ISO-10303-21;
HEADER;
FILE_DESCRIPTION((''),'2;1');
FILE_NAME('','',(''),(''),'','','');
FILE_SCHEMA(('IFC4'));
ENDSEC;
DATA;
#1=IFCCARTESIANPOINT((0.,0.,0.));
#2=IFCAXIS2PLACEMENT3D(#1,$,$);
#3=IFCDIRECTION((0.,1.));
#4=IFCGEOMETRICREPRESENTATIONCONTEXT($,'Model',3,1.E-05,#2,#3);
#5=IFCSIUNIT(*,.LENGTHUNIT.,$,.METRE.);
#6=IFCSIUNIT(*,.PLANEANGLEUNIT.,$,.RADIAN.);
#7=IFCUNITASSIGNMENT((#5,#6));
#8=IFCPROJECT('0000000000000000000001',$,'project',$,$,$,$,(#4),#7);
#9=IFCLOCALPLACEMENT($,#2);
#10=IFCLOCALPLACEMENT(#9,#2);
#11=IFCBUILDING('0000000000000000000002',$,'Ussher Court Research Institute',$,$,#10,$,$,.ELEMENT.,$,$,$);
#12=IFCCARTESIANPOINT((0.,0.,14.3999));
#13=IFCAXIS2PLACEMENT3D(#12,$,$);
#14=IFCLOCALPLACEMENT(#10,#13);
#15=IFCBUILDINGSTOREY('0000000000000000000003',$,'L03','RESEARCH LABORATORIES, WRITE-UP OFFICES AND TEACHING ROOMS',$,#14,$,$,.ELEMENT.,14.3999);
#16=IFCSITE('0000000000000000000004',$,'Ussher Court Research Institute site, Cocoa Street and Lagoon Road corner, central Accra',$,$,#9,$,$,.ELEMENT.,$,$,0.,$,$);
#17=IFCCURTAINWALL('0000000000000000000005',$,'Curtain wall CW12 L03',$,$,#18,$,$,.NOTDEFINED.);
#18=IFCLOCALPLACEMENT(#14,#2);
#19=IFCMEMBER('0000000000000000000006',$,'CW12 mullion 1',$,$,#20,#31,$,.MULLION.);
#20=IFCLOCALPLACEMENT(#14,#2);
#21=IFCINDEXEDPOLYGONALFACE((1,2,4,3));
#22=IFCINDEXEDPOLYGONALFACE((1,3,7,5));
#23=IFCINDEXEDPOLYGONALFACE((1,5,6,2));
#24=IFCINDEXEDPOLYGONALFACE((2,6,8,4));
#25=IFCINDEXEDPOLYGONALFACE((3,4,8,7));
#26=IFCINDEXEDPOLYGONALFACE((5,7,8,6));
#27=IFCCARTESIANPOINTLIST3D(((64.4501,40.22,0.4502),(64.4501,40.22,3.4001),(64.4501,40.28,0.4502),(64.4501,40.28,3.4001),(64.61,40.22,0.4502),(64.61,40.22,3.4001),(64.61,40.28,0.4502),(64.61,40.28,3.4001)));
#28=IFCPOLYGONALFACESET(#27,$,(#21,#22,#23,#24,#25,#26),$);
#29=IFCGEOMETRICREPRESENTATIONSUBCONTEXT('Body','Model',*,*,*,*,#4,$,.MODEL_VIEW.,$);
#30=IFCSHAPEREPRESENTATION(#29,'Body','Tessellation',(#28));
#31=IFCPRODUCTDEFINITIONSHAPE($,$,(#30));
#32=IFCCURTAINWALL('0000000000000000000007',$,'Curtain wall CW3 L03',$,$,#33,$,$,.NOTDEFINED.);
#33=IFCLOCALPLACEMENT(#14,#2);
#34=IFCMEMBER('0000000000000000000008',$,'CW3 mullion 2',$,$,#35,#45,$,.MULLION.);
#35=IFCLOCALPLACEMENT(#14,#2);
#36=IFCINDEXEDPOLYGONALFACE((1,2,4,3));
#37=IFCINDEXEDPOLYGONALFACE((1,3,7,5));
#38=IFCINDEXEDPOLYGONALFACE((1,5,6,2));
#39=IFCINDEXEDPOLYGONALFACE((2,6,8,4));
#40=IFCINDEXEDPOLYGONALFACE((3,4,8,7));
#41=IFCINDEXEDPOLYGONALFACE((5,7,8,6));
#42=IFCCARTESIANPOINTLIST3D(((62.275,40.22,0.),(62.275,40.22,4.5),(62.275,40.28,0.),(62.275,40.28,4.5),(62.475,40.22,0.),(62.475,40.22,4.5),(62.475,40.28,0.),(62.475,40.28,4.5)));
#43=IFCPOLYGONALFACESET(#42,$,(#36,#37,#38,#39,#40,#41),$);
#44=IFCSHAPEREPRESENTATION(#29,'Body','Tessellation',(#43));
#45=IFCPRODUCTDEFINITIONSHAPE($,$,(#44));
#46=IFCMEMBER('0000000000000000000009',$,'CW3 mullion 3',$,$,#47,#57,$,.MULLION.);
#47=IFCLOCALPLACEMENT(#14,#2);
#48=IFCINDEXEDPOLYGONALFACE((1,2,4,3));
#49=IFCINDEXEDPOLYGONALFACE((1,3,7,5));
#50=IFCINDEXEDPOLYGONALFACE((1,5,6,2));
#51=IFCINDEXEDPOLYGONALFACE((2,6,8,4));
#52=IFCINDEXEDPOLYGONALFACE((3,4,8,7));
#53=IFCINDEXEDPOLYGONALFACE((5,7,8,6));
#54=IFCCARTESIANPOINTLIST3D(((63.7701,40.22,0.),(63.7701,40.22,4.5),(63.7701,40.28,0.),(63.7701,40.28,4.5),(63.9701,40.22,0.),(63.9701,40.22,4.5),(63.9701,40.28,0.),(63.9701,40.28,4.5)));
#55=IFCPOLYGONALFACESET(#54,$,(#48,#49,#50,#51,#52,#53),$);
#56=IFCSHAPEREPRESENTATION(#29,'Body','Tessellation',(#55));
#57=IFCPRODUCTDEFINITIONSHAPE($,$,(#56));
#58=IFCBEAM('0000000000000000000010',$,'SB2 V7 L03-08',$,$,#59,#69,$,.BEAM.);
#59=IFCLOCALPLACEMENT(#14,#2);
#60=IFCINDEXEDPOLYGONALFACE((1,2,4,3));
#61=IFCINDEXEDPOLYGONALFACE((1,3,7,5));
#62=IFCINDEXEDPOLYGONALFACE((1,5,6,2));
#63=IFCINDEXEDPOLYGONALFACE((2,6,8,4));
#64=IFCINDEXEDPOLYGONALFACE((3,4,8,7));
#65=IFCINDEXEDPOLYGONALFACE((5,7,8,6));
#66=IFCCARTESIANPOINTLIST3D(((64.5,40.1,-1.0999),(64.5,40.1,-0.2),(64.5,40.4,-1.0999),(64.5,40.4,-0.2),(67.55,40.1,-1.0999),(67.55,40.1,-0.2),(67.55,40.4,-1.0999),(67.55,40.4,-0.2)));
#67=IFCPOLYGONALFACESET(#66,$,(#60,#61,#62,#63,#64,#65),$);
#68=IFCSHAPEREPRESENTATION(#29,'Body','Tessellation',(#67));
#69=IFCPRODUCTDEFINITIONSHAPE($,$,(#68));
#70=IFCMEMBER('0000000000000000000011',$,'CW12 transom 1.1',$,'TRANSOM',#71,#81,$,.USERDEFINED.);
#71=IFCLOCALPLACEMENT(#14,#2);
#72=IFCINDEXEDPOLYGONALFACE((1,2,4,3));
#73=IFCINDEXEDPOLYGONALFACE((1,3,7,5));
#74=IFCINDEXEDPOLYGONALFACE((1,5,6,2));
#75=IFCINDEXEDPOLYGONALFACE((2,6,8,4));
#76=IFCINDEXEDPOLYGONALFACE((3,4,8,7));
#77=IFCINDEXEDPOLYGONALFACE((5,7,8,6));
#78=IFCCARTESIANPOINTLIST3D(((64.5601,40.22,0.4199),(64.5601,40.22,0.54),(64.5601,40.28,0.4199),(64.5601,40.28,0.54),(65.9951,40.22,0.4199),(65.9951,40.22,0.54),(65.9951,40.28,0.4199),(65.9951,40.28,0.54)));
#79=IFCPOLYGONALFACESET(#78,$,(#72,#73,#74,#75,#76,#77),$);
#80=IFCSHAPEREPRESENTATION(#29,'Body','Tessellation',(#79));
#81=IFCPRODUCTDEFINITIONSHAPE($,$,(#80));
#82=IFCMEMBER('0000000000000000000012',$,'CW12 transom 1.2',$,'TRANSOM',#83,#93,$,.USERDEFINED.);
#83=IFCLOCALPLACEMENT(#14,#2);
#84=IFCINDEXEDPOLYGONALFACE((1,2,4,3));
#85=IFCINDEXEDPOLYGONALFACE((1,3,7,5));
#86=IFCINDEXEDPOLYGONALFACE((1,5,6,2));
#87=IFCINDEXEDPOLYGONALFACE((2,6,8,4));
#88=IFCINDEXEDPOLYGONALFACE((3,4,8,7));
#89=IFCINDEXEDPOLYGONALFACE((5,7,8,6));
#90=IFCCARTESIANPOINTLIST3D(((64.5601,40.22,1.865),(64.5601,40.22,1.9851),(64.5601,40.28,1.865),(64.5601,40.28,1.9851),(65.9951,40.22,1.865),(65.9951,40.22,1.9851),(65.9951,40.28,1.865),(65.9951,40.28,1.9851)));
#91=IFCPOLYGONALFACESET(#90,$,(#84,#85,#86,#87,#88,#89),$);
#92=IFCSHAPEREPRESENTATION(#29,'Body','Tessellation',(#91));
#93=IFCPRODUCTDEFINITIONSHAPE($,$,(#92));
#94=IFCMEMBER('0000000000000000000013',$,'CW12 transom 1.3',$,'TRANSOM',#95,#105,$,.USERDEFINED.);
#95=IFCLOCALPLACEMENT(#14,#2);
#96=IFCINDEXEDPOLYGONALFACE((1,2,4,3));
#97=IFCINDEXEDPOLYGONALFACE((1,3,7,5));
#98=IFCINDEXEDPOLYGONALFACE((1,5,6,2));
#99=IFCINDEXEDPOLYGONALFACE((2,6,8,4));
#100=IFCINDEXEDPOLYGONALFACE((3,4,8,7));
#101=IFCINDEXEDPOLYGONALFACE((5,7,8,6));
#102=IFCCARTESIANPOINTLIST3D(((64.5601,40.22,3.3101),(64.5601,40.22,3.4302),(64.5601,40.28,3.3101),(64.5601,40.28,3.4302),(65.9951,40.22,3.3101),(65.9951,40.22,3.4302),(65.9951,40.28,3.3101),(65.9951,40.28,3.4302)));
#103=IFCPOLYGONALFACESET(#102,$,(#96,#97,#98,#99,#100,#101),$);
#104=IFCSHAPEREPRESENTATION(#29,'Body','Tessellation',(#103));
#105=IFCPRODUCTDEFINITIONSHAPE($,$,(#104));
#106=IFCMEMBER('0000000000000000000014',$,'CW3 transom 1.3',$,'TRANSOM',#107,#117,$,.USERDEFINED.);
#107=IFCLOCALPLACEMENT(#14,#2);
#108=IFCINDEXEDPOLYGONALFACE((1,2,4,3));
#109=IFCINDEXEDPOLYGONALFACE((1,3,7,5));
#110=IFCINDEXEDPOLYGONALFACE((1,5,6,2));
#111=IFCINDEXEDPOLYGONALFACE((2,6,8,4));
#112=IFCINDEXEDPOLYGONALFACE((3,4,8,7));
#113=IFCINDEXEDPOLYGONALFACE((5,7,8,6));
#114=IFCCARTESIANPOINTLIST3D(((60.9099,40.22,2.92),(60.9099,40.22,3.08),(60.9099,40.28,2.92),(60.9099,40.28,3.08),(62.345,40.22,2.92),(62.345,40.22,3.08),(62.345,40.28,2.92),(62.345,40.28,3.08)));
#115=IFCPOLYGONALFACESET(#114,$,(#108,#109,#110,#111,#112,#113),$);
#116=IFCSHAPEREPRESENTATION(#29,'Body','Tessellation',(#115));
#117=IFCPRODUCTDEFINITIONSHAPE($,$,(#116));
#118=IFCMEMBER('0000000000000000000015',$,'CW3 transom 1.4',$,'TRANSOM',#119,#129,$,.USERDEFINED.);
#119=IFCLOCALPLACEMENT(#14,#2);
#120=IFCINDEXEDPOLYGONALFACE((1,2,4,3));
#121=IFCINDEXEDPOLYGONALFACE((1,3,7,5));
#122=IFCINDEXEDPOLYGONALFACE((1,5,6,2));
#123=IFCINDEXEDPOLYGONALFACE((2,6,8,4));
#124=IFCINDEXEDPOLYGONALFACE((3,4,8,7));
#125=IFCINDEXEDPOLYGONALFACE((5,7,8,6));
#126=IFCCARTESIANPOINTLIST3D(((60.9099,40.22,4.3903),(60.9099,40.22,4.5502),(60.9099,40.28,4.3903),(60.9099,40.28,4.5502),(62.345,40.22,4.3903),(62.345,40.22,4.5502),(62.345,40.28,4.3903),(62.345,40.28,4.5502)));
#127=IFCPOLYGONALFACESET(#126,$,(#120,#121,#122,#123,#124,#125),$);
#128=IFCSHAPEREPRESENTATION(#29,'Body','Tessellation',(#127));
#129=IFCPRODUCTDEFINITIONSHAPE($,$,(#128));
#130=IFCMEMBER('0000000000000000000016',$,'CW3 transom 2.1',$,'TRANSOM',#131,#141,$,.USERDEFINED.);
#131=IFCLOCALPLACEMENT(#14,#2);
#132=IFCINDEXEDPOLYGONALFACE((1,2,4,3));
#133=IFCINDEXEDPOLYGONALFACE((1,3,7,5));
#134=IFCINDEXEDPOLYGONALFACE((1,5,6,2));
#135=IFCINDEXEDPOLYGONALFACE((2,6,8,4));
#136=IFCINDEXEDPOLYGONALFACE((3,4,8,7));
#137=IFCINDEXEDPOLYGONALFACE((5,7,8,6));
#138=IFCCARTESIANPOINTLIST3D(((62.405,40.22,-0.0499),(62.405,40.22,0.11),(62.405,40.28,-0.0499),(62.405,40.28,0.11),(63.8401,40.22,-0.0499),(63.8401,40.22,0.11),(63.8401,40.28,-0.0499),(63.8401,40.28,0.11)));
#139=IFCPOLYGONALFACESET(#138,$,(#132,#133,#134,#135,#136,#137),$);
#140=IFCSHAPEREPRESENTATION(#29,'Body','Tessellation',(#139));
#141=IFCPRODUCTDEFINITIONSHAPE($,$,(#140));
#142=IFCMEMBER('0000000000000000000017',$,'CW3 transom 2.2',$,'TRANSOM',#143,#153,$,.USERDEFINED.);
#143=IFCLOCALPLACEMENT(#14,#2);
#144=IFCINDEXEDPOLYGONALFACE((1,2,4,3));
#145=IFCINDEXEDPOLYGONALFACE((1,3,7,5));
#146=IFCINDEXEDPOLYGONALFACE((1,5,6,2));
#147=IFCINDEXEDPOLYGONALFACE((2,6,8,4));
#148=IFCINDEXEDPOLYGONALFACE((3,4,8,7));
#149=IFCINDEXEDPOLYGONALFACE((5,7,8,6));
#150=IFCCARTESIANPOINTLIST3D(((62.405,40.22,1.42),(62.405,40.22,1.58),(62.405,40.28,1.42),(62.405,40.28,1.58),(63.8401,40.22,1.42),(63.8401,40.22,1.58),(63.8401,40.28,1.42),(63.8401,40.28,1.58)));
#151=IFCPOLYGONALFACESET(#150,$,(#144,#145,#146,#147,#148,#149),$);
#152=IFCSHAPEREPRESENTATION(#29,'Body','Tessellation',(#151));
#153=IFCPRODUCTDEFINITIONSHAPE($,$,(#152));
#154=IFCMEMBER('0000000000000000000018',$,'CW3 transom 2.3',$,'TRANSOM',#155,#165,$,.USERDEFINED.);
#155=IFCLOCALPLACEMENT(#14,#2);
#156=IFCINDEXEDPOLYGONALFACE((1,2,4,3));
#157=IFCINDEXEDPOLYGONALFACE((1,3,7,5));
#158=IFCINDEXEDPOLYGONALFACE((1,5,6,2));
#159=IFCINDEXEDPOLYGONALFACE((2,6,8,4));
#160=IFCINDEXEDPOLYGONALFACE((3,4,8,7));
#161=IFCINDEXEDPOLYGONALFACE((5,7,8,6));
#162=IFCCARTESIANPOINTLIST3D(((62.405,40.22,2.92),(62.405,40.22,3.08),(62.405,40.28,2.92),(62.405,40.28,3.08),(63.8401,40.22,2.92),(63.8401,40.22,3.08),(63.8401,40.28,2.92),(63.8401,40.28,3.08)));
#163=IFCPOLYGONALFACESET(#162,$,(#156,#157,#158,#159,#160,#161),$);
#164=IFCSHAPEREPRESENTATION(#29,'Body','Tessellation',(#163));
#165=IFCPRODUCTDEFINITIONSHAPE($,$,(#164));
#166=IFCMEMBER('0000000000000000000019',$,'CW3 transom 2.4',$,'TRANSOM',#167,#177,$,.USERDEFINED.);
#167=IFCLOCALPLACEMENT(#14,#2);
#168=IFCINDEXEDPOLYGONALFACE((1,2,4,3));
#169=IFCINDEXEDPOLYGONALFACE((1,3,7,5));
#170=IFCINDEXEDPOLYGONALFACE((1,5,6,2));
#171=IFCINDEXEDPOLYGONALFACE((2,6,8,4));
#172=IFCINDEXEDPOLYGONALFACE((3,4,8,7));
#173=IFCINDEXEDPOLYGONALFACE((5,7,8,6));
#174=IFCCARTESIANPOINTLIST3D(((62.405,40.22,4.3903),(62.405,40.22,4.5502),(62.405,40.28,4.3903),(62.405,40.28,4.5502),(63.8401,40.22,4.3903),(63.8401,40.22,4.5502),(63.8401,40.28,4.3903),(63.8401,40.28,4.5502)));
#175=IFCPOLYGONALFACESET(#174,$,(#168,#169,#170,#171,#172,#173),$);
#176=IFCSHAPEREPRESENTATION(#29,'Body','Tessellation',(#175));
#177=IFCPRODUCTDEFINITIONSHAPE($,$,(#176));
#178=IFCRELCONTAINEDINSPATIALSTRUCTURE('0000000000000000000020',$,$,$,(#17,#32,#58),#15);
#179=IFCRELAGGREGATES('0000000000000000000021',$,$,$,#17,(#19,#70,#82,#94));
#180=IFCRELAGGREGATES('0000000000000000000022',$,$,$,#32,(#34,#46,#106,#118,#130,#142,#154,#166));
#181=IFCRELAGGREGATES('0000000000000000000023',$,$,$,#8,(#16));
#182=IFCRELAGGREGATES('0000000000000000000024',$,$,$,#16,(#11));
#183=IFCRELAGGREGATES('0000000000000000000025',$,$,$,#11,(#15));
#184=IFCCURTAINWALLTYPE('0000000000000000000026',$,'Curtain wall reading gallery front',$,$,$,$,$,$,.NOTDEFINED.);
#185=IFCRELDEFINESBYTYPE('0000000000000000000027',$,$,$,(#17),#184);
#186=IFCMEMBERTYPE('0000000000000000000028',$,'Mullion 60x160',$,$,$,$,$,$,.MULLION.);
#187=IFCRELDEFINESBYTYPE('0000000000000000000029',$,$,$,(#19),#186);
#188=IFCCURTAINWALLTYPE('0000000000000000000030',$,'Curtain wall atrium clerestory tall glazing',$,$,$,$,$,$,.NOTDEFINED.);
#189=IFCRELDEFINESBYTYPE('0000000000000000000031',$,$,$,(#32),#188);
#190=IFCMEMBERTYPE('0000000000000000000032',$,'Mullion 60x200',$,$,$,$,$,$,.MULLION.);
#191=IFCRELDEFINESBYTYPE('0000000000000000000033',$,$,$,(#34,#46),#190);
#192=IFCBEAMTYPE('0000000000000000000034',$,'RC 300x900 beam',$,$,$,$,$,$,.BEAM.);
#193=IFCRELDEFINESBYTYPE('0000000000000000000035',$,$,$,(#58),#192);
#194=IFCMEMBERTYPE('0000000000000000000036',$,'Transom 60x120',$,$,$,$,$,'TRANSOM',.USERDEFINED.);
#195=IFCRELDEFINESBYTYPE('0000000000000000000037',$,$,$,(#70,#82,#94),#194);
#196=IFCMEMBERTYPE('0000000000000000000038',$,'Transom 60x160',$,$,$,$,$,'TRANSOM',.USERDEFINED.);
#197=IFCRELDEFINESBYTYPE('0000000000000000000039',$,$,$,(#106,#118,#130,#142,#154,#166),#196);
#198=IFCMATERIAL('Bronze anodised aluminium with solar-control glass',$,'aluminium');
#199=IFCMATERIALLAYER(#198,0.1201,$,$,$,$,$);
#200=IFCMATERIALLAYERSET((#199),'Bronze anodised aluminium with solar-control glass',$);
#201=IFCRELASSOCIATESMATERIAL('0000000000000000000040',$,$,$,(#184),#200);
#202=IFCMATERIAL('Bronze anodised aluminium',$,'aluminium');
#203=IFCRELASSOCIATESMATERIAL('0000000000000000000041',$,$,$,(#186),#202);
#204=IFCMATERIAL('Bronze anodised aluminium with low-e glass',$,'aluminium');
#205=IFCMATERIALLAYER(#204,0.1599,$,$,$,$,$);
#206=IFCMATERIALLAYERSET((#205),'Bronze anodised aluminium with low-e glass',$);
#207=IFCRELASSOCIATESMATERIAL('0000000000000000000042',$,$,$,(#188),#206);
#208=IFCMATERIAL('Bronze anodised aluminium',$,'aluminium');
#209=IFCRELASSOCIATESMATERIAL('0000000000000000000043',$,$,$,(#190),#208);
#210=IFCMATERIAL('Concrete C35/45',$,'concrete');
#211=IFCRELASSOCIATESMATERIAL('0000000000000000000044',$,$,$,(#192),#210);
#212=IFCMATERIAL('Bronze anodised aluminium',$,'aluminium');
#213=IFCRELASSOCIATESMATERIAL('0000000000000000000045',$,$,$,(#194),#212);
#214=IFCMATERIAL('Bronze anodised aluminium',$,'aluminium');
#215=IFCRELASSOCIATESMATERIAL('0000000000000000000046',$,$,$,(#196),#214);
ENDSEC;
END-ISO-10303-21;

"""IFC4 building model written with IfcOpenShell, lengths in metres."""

from ifc_helpers import new_model, si_unit, direction, frame, origin, origin_2d, place, context, subcontext, project, spatial, rectangle, extrude, material, layer, layer_set, material_profile, profile_set, type_object, element, aggregate, save


model = new_model("IFC4")

# Units and contexts
model_context = context("Model", 3, precision=1e-05, world=origin(), true_north=direction((0.0, 1.0)))
body_context = subcontext(model_context, "Body", "Model", "MODEL_VIEW")
ifc_project = project(units=[si_unit("LENGTHUNIT", "METRE"), si_unit("PLANEANGLEUNIT", "RADIAN")], contexts=[model_context])

# Site, building, storey
site_placement = place(None, origin())
site = spatial("IfcSite", under=ifc_project, at=site_placement, Name="Ussher Court Research Institute site, Cocoa Street and Lagoon Road corner, central Accra", CompositionType="ELEMENT", RefElevation=0.0)
building_placement = place(site_placement, origin())
building = spatial("IfcBuilding", under=site, at=building_placement, Name="Ussher Court Research Institute", CompositionType="ELEMENT")
storey_placement = place(building_placement, frame((0.0, 0.0, 14.3999)))
storey = spatial("IfcBuildingStorey", under=building, at=storey_placement, Name="L03", Description="RESEARCH LABORATORIES, WRITE-UP OFFICES AND TEACHING ROOMS", CompositionType="ELEMENT", Elevation=14.3999)

# Curtain wall, member
ifc_material_1 = material(Name="Bronze anodised aluminium with solar-control glass", Category="aluminium")
ifc_layer_1 = layer(ifc_material_1, 0.1201)
ifc_layer_set_1 = layer_set([ifc_layer_1], Name="Bronze anodised aluminium with solar-control glass")
curtain_wall_type_1 = type_object("IfcCurtainWallType", Name="Curtain wall reading gallery front", PredefinedType="NOTDEFINED", material=ifc_layer_set_1)
curtain_wall_1_placement = place(storey_placement, origin())
curtain_wall_1 = element("IfcCurtainWall", 1, at=curtain_wall_1_placement, inside=storey, type_object=curtain_wall_type_1, Name="Curtain wall CW12 L03", PredefinedType="NOTDEFINED")
ifc_material_2 = material(Name="Bronze anodised aluminium", Category="aluminium")
ifc_material_profile_1 = material_profile(ifc_material_2, rectangle(XDim=0.0601, YDim=0.1599, at=origin_2d()), Name="Mullion 60x160")
ifc_profile_set_1 = profile_set([ifc_material_profile_1], Name="Bronze anodised aluminium")
member_type_1 = type_object("IfcMemberType", Name="Mullion 60x160", PredefinedType="MULLION", material=ifc_profile_set_1)
member_1_placement = place(storey_placement, frame((64.53, 40.25, 0.4502), z_axis=(0.0, 0.0, 1.0), x_axis=(0.0, 1.0, 0.0)))
member_1 = element("IfcMember", 2, at=member_1_placement, type_object=member_type_1, Name="CW12 mullion 1", PredefinedType="MULLION", context=body_context, shape_type="SweptSolid", body=[
    extrude(rectangle(XDim=0.0601, YDim=0.1599, at=origin_2d()), origin(), (0.0, 0.0, 1.0), 2.95),
])

# Curtain wall, members
ifc_material_3 = material(Name="Bronze anodised aluminium with low-e glass", Category="aluminium")
ifc_layer_2 = layer(ifc_material_3, 0.1599)
ifc_layer_set_2 = layer_set([ifc_layer_2], Name="Bronze anodised aluminium with low-e glass")
curtain_wall_type_2 = type_object("IfcCurtainWallType", Name="Curtain wall atrium clerestory tall glazing", PredefinedType="NOTDEFINED", material=ifc_layer_set_2)
curtain_wall_2_placement = place(storey_placement, origin())
curtain_wall_2 = element("IfcCurtainWall", 3, at=curtain_wall_2_placement, inside=storey, type_object=curtain_wall_type_2, Name="Curtain wall CW3 L03", PredefinedType="NOTDEFINED")
ifc_material_4 = material(Name="Bronze anodised aluminium", Category="aluminium")
ifc_material_profile_2 = material_profile(ifc_material_4, rectangle(XDim=0.0601, YDim=0.2, at=origin_2d()), Name="Mullion 60x200")
ifc_profile_set_2 = profile_set([ifc_material_profile_2], Name="Bronze anodised aluminium")
member_type_2 = type_object("IfcMemberType", Name="Mullion 60x200", PredefinedType="MULLION", material=ifc_profile_set_2)
member_2_placement = place(storey_placement, frame((62.375, 40.25, 0.0), z_axis=(0.0, 0.0, 1.0), x_axis=(0.0, 1.0, 0.0)))
member_2 = element("IfcMember", 4, at=member_2_placement, type_object=member_type_2, Name="CW3 mullion 2", PredefinedType="MULLION", context=body_context, shape_type="SweptSolid", body=[
    extrude(rectangle(XDim=0.0601, YDim=0.2, at=origin_2d()), origin(), (0.0, 0.0, 1.0), 4.5),
])
member_3_placement = place(storey_placement, frame((63.8701, 40.25, 0.0), z_axis=(0.0, 0.0, 1.0), x_axis=(0.0, 1.0, 0.0)))
member_3 = element("IfcMember", 5, at=member_3_placement, type_object=member_type_2, Name="CW3 mullion 3", PredefinedType="MULLION", context=body_context, shape_type="SweptSolid", body=[
    extrude(rectangle(XDim=0.0601, YDim=0.2, at=origin_2d()), origin(), (0.0, 0.0, 1.0), 4.5),
])

# Beam
ifc_material_5 = material(Name="Concrete C35/45", Category="concrete")
ifc_material_profile_3 = material_profile(ifc_material_5, rectangle(XDim=0.3, YDim=0.8999, at=origin_2d()), Name="RC 300x900")
ifc_profile_set_3 = profile_set([ifc_material_profile_3], Name="Concrete C35/45")
beam_type = type_object("IfcBeamType", Name="RC 300x900 beam", PredefinedType="BEAM", material=ifc_profile_set_3)
beam_placement = place(storey_placement, frame((64.5, 40.25, -0.6499), z_axis=(1.0, 0.0, 0.0), x_axis=(0.0, 1.0, 0.0)))
element("IfcBeam", 6, at=beam_placement, inside=storey, type_object=beam_type, Name="SB2 V7 L03-08", PredefinedType="BEAM", context=body_context, shape_type="SweptSolid", body=[
    extrude(rectangle(XDim=0.3, YDim=0.8999, at=origin_2d()), origin(), (0.0, 0.0, 1.0), 3.05),
])

# Members
ifc_material_6 = material(Name="Bronze anodised aluminium", Category="aluminium")
ifc_material_profile_4 = material_profile(ifc_material_6, rectangle(XDim=0.0601, YDim=0.1201, at=origin_2d()), Name="Transom 60x120")
ifc_profile_set_4 = profile_set([ifc_material_profile_4], Name="Bronze anodised aluminium")
member_type_3 = type_object("IfcMemberType", Name="Transom 60x120", ElementType="TRANSOM", PredefinedType="USERDEFINED", material=ifc_profile_set_4)
member_4_placement = place(storey_placement, frame((64.5601, 40.25, 0.48), z_axis=(1.0, 0.0, 0.0), x_axis=(0.0, 1.0, 0.0)))
member_4 = element("IfcMember", 7, at=member_4_placement, type_object=member_type_3, Name="CW12 transom 1.1", ObjectType="TRANSOM", PredefinedType="USERDEFINED", context=body_context, shape_type="SweptSolid", body=[
    extrude(rectangle(XDim=0.0601, YDim=0.1201, at=origin_2d()), origin(), (0.0, 0.0, 1.0), 1.4351),
])
member_5_placement = place(storey_placement, frame((64.5601, 40.25, 1.925), z_axis=(1.0, 0.0, 0.0), x_axis=(0.0, 1.0, 0.0)))
member_5 = element("IfcMember", 8, at=member_5_placement, type_object=member_type_3, Name="CW12 transom 1.2", ObjectType="TRANSOM", PredefinedType="USERDEFINED", context=body_context, shape_type="SweptSolid", body=[
    extrude(rectangle(XDim=0.0601, YDim=0.1201, at=origin_2d()), origin(), (0.0, 0.0, 1.0), 1.4351),
])
member_6_placement = place(storey_placement, frame((64.5601, 40.25, 3.3701), z_axis=(1.0, 0.0, 0.0), x_axis=(0.0, 1.0, 0.0)))
member_6 = element("IfcMember", 9, at=member_6_placement, type_object=member_type_3, Name="CW12 transom 1.3", ObjectType="TRANSOM", PredefinedType="USERDEFINED", context=body_context, shape_type="SweptSolid", body=[
    extrude(rectangle(XDim=0.0601, YDim=0.1201, at=origin_2d()), origin(), (0.0, 0.0, 1.0), 1.4351),
])
aggregate(curtain_wall_1, [member_1, member_4, member_5, member_6])
ifc_material_7 = material(Name="Bronze anodised aluminium", Category="aluminium")
ifc_material_profile_5 = material_profile(ifc_material_7, rectangle(XDim=0.0601, YDim=0.1599, at=origin_2d()), Name="Transom 60x160")
ifc_profile_set_5 = profile_set([ifc_material_profile_5], Name="Bronze anodised aluminium")
member_type_4 = type_object("IfcMemberType", Name="Transom 60x160", ElementType="TRANSOM", PredefinedType="USERDEFINED", material=ifc_profile_set_5)
member_7_placement = place(storey_placement, frame((60.9099, 40.25, 3.0), z_axis=(1.0, 0.0, 0.0), x_axis=(0.0, 1.0, 0.0)))
member_7 = element("IfcMember", 10, at=member_7_placement, type_object=member_type_4, Name="CW3 transom 1.3", ObjectType="TRANSOM", PredefinedType="USERDEFINED", context=body_context, shape_type="SweptSolid", body=[
    extrude(rectangle(XDim=0.0601, YDim=0.1599, at=origin_2d()), origin(), (0.0, 0.0, 1.0), 1.4351),
])
member_8_placement = place(storey_placement, frame((60.9099, 40.25, 4.4702), z_axis=(1.0, 0.0, 0.0), x_axis=(0.0, 1.0, 0.0)))
member_8 = element("IfcMember", 11, at=member_8_placement, type_object=member_type_4, Name="CW3 transom 1.4", ObjectType="TRANSOM", PredefinedType="USERDEFINED", context=body_context, shape_type="SweptSolid", body=[
    extrude(rectangle(XDim=0.0601, YDim=0.1599, at=origin_2d()), origin(), (0.0, 0.0, 1.0), 1.4351),
])
member_9_placement = place(storey_placement, frame((62.405, 40.25, 0.03), z_axis=(1.0, 0.0, 0.0), x_axis=(0.0, 1.0, 0.0)))
member_9 = element("IfcMember", 12, at=member_9_placement, type_object=member_type_4, Name="CW3 transom 2.1", ObjectType="TRANSOM", PredefinedType="USERDEFINED", context=body_context, shape_type="SweptSolid", body=[
    extrude(rectangle(XDim=0.0601, YDim=0.1599, at=origin_2d()), origin(), (0.0, 0.0, 1.0), 1.4351),
])
member_10_placement = place(storey_placement, frame((62.405, 40.25, 1.5), z_axis=(1.0, 0.0, 0.0), x_axis=(0.0, 1.0, 0.0)))
member_10 = element("IfcMember", 13, at=member_10_placement, type_object=member_type_4, Name="CW3 transom 2.2", ObjectType="TRANSOM", PredefinedType="USERDEFINED", context=body_context, shape_type="SweptSolid", body=[
    extrude(rectangle(XDim=0.0601, YDim=0.1599, at=origin_2d()), origin(), (0.0, 0.0, 1.0), 1.4351),
])
member_11_placement = place(storey_placement, frame((62.405, 40.25, 3.0), z_axis=(1.0, 0.0, 0.0), x_axis=(0.0, 1.0, 0.0)))
member_11 = element("IfcMember", 14, at=member_11_placement, type_object=member_type_4, Name="CW3 transom 2.3", ObjectType="TRANSOM", PredefinedType="USERDEFINED", context=body_context, shape_type="SweptSolid", body=[
    extrude(rectangle(XDim=0.0601, YDim=0.1599, at=origin_2d()), origin(), (0.0, 0.0, 1.0), 1.4351),
])
member_12_placement = place(storey_placement, frame((62.405, 40.25, 4.4702), z_axis=(1.0, 0.0, 0.0), x_axis=(0.0, 1.0, 0.0)))
member_12 = element("IfcMember", 15, at=member_12_placement, type_object=member_type_4, Name="CW3 transom 2.4", ObjectType="TRANSOM", PredefinedType="USERDEFINED", context=body_context, shape_type="SweptSolid", body=[
    extrude(rectangle(XDim=0.0601, YDim=0.1599, at=origin_2d()), origin(), (0.0, 0.0, 1.0), 1.4351),
])

aggregate(curtain_wall_2, [member_2, member_3, member_7, member_8, member_9, member_10, member_11, member_12])

save(model, "model.ifc")
